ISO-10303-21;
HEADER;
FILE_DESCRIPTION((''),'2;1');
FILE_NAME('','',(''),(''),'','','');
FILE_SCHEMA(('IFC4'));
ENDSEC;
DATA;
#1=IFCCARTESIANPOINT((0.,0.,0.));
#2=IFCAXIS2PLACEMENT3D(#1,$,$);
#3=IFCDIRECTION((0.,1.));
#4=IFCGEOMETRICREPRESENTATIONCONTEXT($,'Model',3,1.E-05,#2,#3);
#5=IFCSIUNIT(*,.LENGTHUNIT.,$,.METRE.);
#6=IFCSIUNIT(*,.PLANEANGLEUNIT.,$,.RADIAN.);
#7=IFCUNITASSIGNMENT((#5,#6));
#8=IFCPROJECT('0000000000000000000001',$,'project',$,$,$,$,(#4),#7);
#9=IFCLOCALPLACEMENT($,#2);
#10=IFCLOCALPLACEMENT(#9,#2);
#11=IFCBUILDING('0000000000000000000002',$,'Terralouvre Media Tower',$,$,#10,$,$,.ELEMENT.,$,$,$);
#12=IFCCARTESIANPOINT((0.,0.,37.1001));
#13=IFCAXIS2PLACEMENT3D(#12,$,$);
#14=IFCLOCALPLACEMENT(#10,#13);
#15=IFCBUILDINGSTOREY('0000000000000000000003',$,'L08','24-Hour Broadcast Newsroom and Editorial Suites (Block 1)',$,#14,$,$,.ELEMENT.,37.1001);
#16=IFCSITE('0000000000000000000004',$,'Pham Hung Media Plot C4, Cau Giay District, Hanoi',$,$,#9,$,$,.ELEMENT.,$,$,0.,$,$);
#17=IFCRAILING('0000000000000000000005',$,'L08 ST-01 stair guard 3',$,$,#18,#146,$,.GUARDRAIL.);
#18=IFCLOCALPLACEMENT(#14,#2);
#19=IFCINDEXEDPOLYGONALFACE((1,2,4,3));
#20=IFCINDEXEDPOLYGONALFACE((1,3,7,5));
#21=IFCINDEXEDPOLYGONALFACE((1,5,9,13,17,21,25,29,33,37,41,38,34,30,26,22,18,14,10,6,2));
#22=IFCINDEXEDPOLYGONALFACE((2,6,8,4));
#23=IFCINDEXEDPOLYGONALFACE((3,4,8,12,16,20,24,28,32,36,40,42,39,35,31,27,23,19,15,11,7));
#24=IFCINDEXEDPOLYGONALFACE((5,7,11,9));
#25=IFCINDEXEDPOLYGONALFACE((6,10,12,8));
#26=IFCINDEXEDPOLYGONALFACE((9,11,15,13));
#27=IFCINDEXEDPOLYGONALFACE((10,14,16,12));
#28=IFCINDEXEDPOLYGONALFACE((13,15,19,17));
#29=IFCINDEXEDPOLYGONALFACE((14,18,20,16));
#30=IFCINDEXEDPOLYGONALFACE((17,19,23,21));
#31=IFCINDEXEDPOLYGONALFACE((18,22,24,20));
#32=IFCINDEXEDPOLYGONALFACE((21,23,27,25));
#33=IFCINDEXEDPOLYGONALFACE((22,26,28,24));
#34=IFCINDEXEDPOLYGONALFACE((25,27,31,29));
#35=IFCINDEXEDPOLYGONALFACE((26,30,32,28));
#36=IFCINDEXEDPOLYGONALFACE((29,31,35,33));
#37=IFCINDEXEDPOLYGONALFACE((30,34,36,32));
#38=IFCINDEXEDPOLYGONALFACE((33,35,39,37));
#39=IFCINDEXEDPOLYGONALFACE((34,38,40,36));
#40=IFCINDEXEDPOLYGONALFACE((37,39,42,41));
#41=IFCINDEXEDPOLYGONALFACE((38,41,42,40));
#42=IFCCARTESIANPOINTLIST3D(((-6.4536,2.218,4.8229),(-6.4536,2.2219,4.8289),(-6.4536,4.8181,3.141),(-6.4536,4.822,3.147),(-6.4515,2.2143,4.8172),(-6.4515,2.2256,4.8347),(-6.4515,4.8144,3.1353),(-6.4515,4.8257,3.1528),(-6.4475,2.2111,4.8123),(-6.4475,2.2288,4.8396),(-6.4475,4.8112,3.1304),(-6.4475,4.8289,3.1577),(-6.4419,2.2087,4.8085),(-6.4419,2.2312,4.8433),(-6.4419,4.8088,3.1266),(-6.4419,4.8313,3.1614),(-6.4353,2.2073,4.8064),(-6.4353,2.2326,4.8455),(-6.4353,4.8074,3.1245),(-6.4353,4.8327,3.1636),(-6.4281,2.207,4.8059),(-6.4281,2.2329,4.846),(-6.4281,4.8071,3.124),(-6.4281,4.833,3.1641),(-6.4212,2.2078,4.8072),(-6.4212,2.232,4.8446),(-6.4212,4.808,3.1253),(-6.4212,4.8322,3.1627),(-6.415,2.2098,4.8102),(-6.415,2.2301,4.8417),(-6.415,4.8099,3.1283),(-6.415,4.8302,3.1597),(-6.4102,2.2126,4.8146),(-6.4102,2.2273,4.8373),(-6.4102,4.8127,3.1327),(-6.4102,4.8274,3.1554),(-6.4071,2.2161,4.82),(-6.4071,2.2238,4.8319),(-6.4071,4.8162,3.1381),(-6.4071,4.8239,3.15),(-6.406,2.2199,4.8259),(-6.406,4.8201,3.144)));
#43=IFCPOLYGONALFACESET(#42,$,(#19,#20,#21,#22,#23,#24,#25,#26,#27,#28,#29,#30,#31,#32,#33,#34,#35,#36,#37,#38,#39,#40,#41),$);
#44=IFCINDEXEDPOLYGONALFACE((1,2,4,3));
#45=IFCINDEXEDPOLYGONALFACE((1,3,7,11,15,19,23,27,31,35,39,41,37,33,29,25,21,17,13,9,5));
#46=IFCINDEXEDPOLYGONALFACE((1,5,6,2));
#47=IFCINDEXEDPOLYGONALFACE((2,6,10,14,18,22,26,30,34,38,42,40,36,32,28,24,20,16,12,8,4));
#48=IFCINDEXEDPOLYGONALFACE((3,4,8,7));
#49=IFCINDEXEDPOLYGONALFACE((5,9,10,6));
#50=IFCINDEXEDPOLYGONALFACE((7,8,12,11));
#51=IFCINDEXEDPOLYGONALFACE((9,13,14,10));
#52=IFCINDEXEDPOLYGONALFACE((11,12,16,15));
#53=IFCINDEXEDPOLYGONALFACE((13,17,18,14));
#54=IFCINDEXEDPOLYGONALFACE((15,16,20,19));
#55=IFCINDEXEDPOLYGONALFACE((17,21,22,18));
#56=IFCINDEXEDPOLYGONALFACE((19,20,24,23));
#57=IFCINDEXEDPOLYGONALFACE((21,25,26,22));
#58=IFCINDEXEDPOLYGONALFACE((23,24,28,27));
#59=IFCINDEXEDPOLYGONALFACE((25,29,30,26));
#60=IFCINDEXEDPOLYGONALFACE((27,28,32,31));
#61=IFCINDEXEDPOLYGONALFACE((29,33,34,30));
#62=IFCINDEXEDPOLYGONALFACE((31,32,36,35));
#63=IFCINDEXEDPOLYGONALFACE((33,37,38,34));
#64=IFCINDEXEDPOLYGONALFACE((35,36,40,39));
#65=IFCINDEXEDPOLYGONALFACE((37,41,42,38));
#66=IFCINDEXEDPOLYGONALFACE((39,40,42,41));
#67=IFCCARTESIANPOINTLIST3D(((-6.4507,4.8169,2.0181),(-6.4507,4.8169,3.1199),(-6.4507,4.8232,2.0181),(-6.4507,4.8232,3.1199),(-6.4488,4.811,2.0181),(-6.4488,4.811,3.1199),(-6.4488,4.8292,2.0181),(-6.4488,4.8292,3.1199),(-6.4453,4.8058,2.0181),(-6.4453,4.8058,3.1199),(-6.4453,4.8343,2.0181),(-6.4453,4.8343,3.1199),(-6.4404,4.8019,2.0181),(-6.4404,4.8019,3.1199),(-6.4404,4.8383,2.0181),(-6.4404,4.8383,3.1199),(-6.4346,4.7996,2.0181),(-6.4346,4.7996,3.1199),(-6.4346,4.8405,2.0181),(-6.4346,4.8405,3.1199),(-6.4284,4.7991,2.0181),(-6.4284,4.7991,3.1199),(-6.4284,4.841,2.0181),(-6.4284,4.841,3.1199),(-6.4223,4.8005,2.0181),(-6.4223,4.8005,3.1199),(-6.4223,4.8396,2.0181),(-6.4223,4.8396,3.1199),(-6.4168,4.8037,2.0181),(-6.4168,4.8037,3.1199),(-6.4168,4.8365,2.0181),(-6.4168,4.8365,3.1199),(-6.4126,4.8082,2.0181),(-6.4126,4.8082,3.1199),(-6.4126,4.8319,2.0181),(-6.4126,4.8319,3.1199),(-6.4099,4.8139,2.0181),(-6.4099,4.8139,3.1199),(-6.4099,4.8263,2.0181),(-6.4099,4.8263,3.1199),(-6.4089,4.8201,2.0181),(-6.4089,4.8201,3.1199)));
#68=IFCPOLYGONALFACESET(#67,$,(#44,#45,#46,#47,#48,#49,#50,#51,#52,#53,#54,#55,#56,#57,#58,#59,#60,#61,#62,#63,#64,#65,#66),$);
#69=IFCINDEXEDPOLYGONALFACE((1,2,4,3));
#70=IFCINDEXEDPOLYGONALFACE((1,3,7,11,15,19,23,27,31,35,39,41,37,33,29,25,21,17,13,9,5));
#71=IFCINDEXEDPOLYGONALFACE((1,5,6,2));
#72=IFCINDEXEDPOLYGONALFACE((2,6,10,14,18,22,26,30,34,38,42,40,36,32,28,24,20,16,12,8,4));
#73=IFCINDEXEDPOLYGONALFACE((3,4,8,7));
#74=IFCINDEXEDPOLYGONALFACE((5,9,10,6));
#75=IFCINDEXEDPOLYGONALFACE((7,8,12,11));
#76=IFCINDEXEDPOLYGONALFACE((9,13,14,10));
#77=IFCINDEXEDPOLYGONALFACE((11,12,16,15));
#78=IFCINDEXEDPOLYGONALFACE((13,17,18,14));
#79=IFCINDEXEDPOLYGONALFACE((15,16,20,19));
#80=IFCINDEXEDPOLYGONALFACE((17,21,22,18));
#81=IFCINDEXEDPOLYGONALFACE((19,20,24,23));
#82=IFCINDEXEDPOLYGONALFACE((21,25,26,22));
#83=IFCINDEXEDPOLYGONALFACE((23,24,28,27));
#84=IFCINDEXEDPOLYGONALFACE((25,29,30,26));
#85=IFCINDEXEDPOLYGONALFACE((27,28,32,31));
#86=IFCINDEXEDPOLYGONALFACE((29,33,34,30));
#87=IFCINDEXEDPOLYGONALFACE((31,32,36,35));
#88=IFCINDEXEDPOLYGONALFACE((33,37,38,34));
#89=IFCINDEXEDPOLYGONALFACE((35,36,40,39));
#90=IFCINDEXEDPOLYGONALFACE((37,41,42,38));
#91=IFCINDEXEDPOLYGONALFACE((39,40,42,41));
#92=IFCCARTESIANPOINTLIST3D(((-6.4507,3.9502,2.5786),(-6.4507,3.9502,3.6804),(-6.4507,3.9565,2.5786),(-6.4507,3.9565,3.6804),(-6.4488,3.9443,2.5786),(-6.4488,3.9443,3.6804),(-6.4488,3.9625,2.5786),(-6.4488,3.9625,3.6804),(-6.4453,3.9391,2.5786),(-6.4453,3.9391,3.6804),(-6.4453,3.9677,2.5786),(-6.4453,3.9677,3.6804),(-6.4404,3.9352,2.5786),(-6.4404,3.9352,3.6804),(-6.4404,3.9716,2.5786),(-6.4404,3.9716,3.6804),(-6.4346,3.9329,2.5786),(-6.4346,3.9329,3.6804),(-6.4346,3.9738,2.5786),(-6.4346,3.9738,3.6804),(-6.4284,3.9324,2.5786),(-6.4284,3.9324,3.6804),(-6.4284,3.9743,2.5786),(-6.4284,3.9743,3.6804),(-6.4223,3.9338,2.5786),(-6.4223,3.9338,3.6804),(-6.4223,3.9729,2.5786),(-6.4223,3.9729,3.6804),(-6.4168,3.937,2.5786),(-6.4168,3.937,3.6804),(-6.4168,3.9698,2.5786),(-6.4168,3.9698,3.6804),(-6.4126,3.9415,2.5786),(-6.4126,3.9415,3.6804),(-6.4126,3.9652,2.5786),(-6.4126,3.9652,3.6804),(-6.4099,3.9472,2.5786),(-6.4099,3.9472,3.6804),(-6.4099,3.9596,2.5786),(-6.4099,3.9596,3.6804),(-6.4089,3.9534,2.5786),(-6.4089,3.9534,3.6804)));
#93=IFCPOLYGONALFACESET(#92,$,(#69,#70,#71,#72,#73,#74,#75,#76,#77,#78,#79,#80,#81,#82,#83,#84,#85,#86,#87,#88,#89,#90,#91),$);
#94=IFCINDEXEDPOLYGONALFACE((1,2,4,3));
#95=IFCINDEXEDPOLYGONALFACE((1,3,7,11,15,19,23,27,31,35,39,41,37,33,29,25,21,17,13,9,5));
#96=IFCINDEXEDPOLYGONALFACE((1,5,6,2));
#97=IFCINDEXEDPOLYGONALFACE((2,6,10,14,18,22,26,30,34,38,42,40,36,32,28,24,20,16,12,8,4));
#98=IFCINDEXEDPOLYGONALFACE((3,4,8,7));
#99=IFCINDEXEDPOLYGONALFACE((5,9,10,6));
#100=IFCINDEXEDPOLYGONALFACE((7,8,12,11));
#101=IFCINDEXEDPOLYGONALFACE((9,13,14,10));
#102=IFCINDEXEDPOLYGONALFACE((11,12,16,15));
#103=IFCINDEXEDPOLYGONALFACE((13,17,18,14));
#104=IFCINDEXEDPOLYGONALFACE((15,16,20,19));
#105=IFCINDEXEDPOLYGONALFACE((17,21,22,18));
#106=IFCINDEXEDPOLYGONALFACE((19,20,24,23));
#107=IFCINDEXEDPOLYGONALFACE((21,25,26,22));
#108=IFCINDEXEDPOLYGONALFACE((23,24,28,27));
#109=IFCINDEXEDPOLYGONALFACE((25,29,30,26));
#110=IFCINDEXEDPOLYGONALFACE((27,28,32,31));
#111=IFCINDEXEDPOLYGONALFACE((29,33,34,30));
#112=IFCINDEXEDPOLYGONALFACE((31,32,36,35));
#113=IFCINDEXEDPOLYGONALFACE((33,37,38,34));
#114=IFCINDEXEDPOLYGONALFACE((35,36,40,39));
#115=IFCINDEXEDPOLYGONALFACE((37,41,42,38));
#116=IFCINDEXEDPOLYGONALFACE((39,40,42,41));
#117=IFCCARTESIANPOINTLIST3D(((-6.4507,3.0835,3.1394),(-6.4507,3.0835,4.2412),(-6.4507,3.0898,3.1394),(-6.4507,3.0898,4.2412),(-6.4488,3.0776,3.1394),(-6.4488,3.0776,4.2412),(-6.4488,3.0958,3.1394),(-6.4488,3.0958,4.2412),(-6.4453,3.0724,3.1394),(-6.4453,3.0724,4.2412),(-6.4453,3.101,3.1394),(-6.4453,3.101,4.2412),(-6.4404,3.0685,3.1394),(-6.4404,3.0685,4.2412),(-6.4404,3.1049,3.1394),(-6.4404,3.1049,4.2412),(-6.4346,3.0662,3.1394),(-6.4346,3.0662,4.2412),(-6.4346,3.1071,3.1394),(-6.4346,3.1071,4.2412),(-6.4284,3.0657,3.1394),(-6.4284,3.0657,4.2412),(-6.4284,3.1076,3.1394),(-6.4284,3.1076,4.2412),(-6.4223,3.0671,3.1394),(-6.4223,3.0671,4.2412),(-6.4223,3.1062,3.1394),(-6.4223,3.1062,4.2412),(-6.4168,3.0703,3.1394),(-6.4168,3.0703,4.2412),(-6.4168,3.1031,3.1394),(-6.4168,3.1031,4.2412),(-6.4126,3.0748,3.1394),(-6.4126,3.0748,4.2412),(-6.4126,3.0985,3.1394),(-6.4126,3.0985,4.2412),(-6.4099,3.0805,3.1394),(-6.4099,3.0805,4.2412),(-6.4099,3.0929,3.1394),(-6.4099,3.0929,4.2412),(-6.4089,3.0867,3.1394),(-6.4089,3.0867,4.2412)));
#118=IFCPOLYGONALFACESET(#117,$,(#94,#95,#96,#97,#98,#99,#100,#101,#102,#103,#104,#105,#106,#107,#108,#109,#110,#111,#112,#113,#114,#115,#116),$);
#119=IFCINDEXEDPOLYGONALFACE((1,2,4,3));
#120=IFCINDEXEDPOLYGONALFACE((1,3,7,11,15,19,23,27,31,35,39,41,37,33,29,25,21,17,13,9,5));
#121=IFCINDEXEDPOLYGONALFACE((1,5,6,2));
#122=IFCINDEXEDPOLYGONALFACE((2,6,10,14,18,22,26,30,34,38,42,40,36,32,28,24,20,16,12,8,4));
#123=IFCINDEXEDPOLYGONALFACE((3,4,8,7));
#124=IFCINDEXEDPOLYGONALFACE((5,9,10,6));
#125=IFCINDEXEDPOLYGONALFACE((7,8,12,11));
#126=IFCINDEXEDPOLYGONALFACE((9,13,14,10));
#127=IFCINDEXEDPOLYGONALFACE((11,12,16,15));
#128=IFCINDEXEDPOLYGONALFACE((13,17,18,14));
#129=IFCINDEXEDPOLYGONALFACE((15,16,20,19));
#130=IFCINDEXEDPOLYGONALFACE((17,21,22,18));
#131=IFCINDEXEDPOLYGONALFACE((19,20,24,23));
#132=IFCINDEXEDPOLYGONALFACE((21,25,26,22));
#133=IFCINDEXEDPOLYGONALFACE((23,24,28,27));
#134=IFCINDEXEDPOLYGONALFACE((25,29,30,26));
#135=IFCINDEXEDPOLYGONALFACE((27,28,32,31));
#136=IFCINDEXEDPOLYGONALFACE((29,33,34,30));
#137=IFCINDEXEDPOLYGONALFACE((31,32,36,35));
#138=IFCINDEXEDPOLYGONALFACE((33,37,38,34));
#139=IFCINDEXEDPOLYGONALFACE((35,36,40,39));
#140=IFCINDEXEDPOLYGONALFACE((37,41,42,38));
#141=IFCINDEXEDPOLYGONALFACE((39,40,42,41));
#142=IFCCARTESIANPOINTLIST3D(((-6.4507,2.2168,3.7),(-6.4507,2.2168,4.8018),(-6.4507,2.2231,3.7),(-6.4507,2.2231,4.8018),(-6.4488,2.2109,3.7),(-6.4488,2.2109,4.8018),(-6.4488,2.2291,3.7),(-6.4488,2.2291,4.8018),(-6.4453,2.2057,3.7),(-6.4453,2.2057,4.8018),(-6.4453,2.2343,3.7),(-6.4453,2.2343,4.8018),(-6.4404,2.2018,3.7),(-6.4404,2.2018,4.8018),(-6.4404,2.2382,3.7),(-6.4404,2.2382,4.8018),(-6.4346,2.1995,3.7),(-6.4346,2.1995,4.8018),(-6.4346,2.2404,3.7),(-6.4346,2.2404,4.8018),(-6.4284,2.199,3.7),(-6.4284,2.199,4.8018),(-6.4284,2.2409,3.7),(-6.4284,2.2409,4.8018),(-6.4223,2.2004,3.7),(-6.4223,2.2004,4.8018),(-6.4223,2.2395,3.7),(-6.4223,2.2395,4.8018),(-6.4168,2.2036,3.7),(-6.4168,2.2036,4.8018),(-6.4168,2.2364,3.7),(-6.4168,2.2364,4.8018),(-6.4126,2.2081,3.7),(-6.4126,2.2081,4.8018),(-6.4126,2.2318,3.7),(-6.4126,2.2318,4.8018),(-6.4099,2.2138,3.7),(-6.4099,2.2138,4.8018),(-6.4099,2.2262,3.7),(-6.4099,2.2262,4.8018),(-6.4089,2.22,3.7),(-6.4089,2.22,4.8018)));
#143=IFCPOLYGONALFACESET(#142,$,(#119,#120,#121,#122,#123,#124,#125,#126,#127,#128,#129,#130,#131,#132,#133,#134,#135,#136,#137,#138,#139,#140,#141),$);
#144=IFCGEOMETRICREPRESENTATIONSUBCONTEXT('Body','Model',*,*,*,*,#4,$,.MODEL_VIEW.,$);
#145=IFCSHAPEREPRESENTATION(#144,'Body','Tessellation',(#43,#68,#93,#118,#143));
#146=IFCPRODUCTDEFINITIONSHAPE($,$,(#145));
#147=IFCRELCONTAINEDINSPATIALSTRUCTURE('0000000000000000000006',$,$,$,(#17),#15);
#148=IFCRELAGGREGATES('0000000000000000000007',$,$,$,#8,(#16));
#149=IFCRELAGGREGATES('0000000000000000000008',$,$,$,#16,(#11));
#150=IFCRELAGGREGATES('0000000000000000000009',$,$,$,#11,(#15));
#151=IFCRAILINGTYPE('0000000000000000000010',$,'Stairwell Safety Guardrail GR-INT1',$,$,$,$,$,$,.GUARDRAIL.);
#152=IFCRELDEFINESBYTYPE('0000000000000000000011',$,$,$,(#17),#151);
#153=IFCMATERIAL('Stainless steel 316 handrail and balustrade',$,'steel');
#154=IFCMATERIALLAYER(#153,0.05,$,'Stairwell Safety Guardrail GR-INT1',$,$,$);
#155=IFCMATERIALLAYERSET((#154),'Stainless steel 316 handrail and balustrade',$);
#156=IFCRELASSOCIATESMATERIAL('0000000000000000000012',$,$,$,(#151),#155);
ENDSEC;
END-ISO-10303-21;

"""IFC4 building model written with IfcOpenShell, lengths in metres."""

from ifc_helpers import new_model, si_unit, direction, frame, origin, origin_2d, place, context, subcontext, project, spatial, circle, extrude, material, layer, layer_set, type_object, element, save


model = new_model("IFC4")

# Units and contexts
model_context = context("Model", 3, precision=1e-05, world=origin(), true_north=direction((0.0, 1.0)))
body_context = subcontext(model_context, "Body", "Model", "MODEL_VIEW")
ifc_project = project(units=[si_unit("LENGTHUNIT", "METRE"), si_unit("PLANEANGLEUNIT", "RADIAN")], contexts=[model_context])

# Site, building, storey
site_placement = place(None, origin())
site = spatial("IfcSite", under=ifc_project, at=site_placement, Name="Pham Hung Media Plot C4, Cau Giay District, Hanoi", CompositionType="ELEMENT", RefElevation=0.0)
building_placement = place(site_placement, origin())
building = spatial("IfcBuilding", under=site, at=building_placement, Name="Terralouvre Media Tower", CompositionType="ELEMENT")
storey_placement = place(building_placement, frame((0.0, 0.0, 37.1001)))
storey = spatial("IfcBuildingStorey", under=building, at=storey_placement, Name="L08", Description="24-Hour Broadcast Newsroom and Editorial Suites (Block 1)", CompositionType="ELEMENT", Elevation=37.1001)

# Railing
ifc_material_1 = material(Name="Stainless steel 316 handrail and balustrade", Category="steel")
ifc_layer_1 = layer(ifc_material_1, 0.05, Name="Stairwell Safety Guardrail GR-INT1")
ifc_layer_set_1 = layer_set([ifc_layer_1], Name="Stainless steel 316 handrail and balustrade")
railing_type_1 = type_object("IfcRailingType", Name="Stairwell Safety Guardrail GR-INT1", PredefinedType="GUARDRAIL", material=ifc_layer_set_1)
railing_1_placement = place(storey_placement, frame((-6.4299, 4.8201, 2.0181)))
element("IfcRailing", 1, at=railing_1_placement, inside=storey, type_object=railing_type_1, Name="L08 ST-01 stair guard 3", PredefinedType="GUARDRAIL", context=body_context, shape_type="SweptSolid", body=[
    extrude(circle(Radius=0.0239, at=origin_2d()), frame((0.0, 0.0, 1.126), z_axis=(0.0, -0.839648, 0.54313), x_axis=(1.0, 0.0, 0.0)), (0.0, 0.0, 1.0), 3.0967),
    extrude(circle(Radius=0.021, at=origin_2d()), origin(), (0.0, 0.0, 1.0), 1.1018),
    extrude(circle(Radius=0.021, at=origin_2d()), frame((0.0, -0.8667, 0.5605)), (0.0, 0.0, 1.0), 1.1018),
    extrude(circle(Radius=0.021, at=origin_2d()), frame((0.0, -1.7334, 1.1213)), (0.0, 0.0, 1.0), 1.1018),
    extrude(circle(Radius=0.021, at=origin_2d()), frame((0.0, -2.6001, 1.6819)), (0.0, 0.0, 1.0), 1.1018),
])

save(model, "model.ifc")
